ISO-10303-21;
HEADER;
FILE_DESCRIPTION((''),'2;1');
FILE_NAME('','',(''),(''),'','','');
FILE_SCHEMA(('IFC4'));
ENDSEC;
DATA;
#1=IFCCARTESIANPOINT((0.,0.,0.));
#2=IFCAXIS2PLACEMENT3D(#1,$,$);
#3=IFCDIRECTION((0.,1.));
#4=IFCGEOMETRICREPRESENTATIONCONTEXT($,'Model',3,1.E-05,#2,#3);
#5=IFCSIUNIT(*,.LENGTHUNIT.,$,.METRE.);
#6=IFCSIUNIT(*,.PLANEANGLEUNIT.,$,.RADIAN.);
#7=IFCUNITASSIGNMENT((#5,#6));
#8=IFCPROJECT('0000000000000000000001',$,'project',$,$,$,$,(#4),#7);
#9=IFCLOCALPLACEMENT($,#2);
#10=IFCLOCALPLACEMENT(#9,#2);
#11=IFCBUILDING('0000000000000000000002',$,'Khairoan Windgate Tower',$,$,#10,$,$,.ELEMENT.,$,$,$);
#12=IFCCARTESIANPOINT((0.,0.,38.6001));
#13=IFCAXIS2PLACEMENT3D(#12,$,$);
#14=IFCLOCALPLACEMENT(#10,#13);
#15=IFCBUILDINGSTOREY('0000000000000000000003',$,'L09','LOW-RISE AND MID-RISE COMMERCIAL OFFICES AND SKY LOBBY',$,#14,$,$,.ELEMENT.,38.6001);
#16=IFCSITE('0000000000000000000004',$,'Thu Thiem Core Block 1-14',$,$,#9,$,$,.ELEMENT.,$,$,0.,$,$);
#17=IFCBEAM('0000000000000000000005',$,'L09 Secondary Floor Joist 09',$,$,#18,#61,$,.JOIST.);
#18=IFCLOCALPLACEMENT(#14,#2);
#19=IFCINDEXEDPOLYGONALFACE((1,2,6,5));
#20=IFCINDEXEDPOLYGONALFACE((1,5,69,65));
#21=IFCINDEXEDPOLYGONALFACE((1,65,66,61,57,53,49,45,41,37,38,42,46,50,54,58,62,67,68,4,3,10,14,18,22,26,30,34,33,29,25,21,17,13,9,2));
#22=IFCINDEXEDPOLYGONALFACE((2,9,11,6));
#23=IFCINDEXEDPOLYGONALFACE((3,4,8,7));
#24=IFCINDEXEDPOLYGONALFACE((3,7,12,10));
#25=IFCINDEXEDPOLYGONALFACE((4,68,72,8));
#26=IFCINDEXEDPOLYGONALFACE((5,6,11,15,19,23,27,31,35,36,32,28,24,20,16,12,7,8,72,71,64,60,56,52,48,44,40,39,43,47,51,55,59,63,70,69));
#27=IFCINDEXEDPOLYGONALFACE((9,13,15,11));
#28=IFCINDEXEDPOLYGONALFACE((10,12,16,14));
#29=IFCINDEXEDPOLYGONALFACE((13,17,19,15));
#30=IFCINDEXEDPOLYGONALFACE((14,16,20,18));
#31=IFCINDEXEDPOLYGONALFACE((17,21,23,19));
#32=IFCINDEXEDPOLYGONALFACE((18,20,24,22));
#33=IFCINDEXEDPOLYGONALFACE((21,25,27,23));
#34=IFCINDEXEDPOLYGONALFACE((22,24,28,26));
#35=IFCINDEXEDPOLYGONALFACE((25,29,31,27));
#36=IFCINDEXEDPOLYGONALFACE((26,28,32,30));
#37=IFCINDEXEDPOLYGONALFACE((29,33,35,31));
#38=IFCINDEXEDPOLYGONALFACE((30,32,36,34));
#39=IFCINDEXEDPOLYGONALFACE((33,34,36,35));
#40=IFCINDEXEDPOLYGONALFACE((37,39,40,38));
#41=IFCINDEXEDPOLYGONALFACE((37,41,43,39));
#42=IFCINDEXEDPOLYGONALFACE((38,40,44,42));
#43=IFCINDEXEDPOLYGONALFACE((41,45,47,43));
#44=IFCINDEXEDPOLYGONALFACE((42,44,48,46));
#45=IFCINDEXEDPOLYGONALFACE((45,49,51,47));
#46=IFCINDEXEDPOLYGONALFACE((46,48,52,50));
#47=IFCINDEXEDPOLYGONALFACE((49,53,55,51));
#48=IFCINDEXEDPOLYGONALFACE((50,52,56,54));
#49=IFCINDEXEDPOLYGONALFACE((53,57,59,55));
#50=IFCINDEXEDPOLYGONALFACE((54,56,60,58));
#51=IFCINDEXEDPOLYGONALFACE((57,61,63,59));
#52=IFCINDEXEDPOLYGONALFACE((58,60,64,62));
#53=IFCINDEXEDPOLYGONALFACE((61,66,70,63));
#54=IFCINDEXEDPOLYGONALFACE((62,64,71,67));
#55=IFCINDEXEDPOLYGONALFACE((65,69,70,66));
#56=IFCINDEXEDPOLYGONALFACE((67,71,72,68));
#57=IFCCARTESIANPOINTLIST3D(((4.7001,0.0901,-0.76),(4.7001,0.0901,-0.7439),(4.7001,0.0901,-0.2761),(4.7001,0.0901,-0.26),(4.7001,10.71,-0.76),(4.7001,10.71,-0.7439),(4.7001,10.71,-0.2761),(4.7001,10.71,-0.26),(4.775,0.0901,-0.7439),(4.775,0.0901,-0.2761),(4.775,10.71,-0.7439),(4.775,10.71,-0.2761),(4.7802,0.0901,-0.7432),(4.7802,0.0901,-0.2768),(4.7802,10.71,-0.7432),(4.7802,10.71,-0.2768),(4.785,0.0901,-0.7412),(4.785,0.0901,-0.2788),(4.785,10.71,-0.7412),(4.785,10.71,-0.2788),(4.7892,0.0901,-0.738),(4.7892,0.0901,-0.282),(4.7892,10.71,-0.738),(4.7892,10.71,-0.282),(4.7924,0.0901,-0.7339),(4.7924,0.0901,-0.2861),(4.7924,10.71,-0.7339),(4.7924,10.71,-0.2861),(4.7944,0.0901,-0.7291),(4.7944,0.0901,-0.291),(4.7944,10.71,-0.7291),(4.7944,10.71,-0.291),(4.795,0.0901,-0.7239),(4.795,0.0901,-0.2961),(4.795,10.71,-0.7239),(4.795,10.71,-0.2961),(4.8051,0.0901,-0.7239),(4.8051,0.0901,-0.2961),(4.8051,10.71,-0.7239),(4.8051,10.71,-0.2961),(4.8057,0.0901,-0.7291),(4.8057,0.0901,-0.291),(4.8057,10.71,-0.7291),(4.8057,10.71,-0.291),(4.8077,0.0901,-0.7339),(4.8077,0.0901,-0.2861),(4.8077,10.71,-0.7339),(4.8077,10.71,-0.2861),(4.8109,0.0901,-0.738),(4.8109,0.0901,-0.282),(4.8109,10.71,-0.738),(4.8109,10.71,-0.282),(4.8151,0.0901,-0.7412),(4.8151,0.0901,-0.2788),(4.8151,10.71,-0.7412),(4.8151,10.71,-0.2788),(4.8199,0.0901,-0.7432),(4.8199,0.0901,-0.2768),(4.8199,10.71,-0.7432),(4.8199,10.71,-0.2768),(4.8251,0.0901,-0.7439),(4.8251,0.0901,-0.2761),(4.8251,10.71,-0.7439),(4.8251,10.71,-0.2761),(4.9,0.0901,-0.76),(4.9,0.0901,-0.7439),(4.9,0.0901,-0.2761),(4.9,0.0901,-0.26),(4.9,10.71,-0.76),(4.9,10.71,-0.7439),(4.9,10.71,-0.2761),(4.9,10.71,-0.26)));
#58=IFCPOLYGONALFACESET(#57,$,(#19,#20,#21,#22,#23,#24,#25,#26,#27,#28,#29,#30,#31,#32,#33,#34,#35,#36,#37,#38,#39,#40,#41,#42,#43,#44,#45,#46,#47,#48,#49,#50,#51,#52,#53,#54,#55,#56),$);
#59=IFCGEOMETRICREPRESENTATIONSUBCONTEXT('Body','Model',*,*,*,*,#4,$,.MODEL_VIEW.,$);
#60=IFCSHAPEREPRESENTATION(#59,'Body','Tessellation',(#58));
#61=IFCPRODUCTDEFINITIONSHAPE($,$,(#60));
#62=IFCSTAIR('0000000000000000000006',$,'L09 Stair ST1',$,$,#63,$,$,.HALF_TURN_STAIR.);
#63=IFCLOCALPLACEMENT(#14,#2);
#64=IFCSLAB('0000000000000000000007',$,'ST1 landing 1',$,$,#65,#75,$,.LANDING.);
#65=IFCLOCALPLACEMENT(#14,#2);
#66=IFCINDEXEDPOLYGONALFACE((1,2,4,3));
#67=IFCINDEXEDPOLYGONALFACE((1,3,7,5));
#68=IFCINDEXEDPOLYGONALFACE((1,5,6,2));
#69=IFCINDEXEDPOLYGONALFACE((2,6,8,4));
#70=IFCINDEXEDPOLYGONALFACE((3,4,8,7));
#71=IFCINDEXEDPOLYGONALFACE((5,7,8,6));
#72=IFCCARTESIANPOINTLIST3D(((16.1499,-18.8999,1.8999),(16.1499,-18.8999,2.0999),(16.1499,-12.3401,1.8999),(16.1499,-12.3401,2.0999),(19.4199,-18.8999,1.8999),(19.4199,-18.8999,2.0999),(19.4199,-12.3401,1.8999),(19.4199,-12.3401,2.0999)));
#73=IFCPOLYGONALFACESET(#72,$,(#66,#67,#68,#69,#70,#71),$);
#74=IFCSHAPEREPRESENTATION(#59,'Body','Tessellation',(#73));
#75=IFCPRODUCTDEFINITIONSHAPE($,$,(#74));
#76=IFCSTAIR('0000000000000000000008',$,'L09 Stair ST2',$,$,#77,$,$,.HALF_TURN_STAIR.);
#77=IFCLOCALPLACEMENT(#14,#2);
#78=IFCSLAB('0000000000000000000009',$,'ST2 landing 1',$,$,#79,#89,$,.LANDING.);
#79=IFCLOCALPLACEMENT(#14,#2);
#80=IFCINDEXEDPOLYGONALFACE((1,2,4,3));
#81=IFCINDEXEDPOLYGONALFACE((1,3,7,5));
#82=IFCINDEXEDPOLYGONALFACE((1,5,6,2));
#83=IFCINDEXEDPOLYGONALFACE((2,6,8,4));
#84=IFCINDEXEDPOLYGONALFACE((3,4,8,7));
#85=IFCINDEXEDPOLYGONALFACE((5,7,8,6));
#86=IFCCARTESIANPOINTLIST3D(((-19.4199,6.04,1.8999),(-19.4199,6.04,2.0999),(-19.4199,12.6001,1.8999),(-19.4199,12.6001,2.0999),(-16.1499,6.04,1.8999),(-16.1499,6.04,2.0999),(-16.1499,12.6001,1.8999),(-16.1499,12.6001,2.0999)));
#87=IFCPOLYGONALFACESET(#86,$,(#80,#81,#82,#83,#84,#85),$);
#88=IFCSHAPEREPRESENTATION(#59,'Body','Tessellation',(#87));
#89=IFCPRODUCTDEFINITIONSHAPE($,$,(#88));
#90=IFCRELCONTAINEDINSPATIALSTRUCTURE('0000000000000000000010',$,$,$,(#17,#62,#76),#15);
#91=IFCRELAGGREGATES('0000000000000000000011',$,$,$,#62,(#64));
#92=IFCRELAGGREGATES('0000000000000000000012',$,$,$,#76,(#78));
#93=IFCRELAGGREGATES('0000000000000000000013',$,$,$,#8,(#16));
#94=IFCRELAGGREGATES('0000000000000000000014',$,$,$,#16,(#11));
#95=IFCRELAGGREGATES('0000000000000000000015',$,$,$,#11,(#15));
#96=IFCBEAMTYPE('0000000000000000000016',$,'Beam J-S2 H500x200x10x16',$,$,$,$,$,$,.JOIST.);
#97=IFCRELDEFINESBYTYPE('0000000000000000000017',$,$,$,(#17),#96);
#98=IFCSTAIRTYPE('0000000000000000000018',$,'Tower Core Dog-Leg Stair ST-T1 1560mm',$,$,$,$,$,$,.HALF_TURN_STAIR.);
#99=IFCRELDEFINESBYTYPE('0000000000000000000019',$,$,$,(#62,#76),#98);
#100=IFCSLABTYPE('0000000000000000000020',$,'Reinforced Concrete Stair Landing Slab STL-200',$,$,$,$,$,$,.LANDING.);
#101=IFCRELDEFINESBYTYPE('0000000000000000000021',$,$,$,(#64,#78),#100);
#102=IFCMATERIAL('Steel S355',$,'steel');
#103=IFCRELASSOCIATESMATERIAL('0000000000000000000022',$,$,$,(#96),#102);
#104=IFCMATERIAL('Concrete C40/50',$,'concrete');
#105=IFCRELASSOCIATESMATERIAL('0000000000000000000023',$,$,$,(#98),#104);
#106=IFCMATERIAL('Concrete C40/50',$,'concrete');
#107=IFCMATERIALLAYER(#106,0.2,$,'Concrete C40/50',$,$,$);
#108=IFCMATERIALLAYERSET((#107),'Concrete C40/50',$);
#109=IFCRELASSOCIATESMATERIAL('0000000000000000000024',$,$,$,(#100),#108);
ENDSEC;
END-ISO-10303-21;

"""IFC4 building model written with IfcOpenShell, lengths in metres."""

from ifc_helpers import new_model, si_unit, direction, frame, origin, origin_2d, place, context, subcontext, project, spatial, polyline, i_section, outline, extrude, material, layer, layer_set, material_profile, profile_set, type_object, element, aggregate, save


model = new_model("IFC4")

# Units and contexts
model_context = context("Model", 3, precision=1e-05, world=origin(), true_north=direction((0.0, 1.0)))
body_context = subcontext(model_context, "Body", "Model", "MODEL_VIEW")
ifc_project = project(units=[si_unit("LENGTHUNIT", "METRE"), si_unit("PLANEANGLEUNIT", "RADIAN")], contexts=[model_context])

# Site, building, storey
site_placement = place(None, origin())
site = spatial("IfcSite", under=ifc_project, at=site_placement, Name="Thu Thiem Core Block 1-14", CompositionType="ELEMENT", RefElevation=0.0)
building_placement = place(site_placement, origin())
building = spatial("IfcBuilding", under=site, at=building_placement, Name="Khairoan Windgate Tower", CompositionType="ELEMENT")
storey_placement = place(building_placement, frame((0.0, 0.0, 38.6001)))
storey = spatial("IfcBuildingStorey", under=building, at=storey_placement, Name="L09", Description="LOW-RISE AND MID-RISE COMMERCIAL OFFICES AND SKY LOBBY", CompositionType="ELEMENT", Elevation=38.6001)

# Beam
ifc_material_1 = material(Name="Steel S355", Category="steel")
ifc_material_profile_1 = material_profile(ifc_material_1, i_section(OverallWidth=0.2, OverallDepth=0.5, WebThickness=0.01, FlangeThickness=0.0161, FilletRadius=0.02, at=origin_2d()))
ifc_profile_set_1 = profile_set([ifc_material_profile_1], Name="Steel S355")
beam_type_1 = type_object("IfcBeamType", Name="Beam J-S2 H500x200x10x16", PredefinedType="JOIST", material=ifc_profile_set_1)
for number, where, z_axis, x_axis, name in (
    (1, (4.8, 0.0901, -0.51), (0.0, 1.0, 0.0), (-1.0, 0.0, 0.0), "L09 Secondary Floor Joist 09"),
):
    element("IfcBeam", number, at=place(storey_placement, frame(where, z_axis=z_axis, x_axis=x_axis)), inside=storey, type_object=beam_type_1, Name=name, PredefinedType="JOIST", context=body_context, shape_type="SweptSolid", body=[
        extrude(i_section(OverallWidth=0.2, OverallDepth=0.5, WebThickness=0.01, FlangeThickness=0.0161, FilletRadius=0.02, at=origin_2d()), origin(), (0.0, 0.0, 1.0), 10.6199),
    ])

# Stairs, slabs
ifc_material_2 = material(Name="Concrete C40/50", Category="concrete")
stair_type = type_object("IfcStairType", Name="Tower Core Dog-Leg Stair ST-T1 1560mm", PredefinedType="HALF_TURN_STAIR", material=ifc_material_2)
stair_1_placement = place(storey_placement, origin())
stair_1 = element("IfcStair", 2, at=stair_1_placement, inside=storey, type_object=stair_type, Name="L09 Stair ST1", PredefinedType="HALF_TURN_STAIR")
ifc_material_3 = material(Name="Concrete C40/50", Category="concrete")
ifc_layer_1 = layer(ifc_material_3, 0.2, Name="Concrete C40/50")
ifc_layer_set_1 = layer_set([ifc_layer_1], Name="Concrete C40/50")
slab_type_1 = type_object("IfcSlabType", Name="Reinforced Concrete Stair Landing Slab STL-200", PredefinedType="LANDING", material=ifc_layer_set_1)
slab_1_placement = place(storey_placement, frame((0.0, 0.0, 1.8999)))
slab_1 = element("IfcSlab", 3, at=slab_1_placement, type_object=slab_type_1, Name="ST1 landing 1", PredefinedType="LANDING", context=body_context, shape_type="SweptSolid", body=[
    extrude(outline(polyline([(16.1499, -12.3401), (16.1499, -18.8999), (19.4199, -18.8999), (19.4199, -12.3401), (16.1499, -12.3401)])), origin(), (0.0, 0.0, 1.0), 0.2),
])
aggregate(stair_1, [slab_1])
stair_2_placement = place(storey_placement, origin())
stair_2 = element("IfcStair", 4, at=stair_2_placement, inside=storey, type_object=stair_type, Name="L09 Stair ST2", PredefinedType="HALF_TURN_STAIR")
slab_2_placement = place(storey_placement, frame((0.0, 0.0, 1.8999)))
slab_2 = element("IfcSlab", 5, at=slab_2_placement, type_object=slab_type_1, Name="ST2 landing 1", PredefinedType="LANDING", context=body_context, shape_type="SweptSolid", body=[
    extrude(outline(polyline([(-16.1499, 6.04), (-16.1499, 12.6001), (-19.4199, 12.6001), (-19.4199, 6.04), (-16.1499, 6.04)])), origin(), (0.0, 0.0, 1.0), 0.2),
])
aggregate(stair_2, [slab_2])

save(model, "model.ifc")
